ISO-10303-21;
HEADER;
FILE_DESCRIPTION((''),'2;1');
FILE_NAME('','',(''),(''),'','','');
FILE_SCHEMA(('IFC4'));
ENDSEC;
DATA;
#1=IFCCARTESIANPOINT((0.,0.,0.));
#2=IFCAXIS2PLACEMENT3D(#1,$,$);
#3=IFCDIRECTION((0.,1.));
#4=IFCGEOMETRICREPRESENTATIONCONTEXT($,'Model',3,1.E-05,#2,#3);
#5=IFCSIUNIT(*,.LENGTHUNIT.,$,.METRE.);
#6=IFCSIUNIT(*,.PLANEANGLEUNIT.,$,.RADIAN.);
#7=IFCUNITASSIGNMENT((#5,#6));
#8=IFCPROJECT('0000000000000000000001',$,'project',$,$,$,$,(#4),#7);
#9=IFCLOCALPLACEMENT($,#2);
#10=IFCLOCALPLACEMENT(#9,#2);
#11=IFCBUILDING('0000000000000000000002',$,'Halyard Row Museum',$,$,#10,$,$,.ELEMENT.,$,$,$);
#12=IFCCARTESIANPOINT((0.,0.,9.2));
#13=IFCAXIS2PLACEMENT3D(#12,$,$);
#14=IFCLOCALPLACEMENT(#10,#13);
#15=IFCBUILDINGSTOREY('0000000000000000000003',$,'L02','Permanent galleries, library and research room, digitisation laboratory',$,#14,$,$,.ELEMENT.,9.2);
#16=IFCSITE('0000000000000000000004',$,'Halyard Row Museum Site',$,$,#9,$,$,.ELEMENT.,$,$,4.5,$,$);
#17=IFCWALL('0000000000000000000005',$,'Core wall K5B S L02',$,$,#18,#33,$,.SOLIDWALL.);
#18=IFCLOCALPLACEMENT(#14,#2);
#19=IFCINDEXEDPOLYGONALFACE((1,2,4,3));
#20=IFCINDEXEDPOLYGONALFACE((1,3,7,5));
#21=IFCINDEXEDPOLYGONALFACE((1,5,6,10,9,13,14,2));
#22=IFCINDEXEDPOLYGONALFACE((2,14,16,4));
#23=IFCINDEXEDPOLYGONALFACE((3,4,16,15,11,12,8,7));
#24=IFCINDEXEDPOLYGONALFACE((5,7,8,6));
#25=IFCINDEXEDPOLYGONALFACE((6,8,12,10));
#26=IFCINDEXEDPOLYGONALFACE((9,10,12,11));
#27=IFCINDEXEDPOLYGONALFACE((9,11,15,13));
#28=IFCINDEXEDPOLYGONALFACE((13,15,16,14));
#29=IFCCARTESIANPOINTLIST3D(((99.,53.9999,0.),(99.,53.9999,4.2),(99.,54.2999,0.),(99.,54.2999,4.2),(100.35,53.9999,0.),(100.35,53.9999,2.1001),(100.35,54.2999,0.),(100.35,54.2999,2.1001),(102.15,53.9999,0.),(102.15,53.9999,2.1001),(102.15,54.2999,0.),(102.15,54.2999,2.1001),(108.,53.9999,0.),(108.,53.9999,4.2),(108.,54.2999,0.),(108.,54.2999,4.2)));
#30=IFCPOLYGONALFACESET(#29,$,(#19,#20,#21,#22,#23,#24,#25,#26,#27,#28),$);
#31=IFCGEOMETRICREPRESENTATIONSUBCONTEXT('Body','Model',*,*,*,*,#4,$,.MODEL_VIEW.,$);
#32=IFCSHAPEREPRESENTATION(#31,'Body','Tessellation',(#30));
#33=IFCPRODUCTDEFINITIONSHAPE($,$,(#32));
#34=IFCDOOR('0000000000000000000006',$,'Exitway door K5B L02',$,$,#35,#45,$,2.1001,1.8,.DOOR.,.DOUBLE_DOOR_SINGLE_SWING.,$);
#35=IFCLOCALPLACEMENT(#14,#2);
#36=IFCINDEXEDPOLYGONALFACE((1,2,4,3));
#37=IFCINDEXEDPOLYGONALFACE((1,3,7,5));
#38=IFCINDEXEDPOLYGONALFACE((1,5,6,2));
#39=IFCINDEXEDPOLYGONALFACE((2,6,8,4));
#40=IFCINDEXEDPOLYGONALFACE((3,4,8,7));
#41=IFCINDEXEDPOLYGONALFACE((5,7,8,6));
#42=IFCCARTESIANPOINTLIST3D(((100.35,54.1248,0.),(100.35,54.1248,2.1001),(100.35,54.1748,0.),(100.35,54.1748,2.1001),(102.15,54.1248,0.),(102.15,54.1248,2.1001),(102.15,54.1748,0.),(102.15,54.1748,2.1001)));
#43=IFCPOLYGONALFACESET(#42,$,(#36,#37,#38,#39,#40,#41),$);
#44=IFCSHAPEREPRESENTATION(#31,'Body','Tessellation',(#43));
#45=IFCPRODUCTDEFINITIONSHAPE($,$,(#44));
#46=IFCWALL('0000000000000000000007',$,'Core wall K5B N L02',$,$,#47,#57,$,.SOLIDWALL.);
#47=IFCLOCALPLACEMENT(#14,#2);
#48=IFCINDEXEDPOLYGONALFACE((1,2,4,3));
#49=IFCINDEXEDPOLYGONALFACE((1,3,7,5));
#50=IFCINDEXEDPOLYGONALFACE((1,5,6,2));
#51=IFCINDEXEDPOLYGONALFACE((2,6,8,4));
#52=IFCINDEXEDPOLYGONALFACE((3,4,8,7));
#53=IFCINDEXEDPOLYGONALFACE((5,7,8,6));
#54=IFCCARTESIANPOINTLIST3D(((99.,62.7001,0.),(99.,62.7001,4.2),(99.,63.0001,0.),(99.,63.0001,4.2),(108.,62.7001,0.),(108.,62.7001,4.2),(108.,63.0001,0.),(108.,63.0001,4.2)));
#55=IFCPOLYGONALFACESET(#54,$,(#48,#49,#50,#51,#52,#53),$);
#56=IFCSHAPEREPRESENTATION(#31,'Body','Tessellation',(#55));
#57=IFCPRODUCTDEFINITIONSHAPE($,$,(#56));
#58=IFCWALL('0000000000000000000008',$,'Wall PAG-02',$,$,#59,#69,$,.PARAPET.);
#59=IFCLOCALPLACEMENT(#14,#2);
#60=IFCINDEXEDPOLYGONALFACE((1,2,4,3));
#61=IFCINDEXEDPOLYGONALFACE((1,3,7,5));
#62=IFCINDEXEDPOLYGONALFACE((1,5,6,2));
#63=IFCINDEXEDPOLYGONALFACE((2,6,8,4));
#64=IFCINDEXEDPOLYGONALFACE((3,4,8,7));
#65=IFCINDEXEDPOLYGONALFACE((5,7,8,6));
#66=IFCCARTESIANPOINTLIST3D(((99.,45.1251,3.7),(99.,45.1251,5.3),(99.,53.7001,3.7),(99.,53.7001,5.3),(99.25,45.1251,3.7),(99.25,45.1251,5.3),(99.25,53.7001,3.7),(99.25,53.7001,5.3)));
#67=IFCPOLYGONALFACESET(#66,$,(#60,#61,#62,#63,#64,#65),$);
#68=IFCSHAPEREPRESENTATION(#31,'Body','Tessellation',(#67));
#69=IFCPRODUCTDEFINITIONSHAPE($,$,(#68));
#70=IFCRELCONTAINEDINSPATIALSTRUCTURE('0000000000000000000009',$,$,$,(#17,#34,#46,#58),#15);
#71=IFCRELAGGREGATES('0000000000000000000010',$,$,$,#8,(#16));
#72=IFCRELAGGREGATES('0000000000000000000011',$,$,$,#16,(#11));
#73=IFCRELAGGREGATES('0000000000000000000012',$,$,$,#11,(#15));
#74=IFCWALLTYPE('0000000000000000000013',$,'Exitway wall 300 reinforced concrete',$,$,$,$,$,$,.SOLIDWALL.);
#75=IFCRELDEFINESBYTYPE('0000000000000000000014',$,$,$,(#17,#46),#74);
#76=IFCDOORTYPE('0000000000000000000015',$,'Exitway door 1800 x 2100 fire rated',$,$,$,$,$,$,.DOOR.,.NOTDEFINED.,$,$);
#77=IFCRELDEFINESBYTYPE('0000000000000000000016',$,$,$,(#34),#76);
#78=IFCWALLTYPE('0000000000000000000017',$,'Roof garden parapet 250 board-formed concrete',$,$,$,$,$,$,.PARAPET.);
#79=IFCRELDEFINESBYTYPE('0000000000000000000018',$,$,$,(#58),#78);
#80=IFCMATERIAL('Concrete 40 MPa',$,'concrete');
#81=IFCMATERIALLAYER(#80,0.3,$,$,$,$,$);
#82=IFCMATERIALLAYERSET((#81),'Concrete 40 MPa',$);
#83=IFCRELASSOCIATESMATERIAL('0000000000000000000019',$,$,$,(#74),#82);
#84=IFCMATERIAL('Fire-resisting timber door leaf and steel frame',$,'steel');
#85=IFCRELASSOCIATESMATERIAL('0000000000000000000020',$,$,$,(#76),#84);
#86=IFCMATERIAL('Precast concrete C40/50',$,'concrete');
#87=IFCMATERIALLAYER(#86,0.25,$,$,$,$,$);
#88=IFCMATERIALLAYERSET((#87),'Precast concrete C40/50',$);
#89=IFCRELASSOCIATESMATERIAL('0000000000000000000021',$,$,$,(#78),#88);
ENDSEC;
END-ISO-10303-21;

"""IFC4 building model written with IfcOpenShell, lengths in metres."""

from ifc_helpers import new_model, si_unit, direction, frame, frame_2d, origin, place, context, subcontext, project, spatial, rectangle, extrude, material, layer, layer_set, type_object, element, fill, save


model = new_model("IFC4")

# Units and contexts
model_context = context("Model", 3, precision=1e-05, world=origin(), true_north=direction((0.0, 1.0)))
body_context = subcontext(model_context, "Body", "Model", "MODEL_VIEW")
ifc_project = project(units=[si_unit("LENGTHUNIT", "METRE"), si_unit("PLANEANGLEUNIT", "RADIAN")], contexts=[model_context])

# Site, building, storey
site_placement = place(None, origin())
site = spatial("IfcSite", under=ifc_project, at=site_placement, Name="Halyard Row Museum Site", CompositionType="ELEMENT", RefElevation=4.5)
building_placement = place(site_placement, origin())
building = spatial("IfcBuilding", under=site, at=building_placement, Name="Halyard Row Museum", CompositionType="ELEMENT")
storey_placement = place(building_placement, frame((0.0, 0.0, 9.2)))
storey = spatial("IfcBuildingStorey", under=building, at=storey_placement, Name="L02", Description="Permanent galleries, library and research room, digitisation laboratory", CompositionType="ELEMENT", Elevation=9.2)

# Wall, opening, door
ifc_material_1 = material(Name="Concrete 40 MPa", Category="concrete")
ifc_layer_1 = layer(ifc_material_1, 0.3)
ifc_layer_set_1 = layer_set([ifc_layer_1], Name="Concrete 40 MPa")
wall_type_1 = type_object("IfcWallType", Name="Exitway wall 300 reinforced concrete", PredefinedType="SOLIDWALL", material=ifc_layer_set_1)
ifc_material_2 = material(Name="Fire-resisting timber door leaf and steel frame", Category="steel")
door_type = type_object("IfcDoorType", Name="Exitway door 1800 x 2100 fire rated", OperationType="NOTDEFINED", PredefinedType="DOOR", material=ifc_material_2)
wall_1_placement = place(storey_placement, frame((99.0, 54.1499, 0.0), z_axis=(0.0, 0.0, 1.0), x_axis=(1.0, 0.0, 0.0)))
wall_1 = element("IfcWall", 1, at=wall_1_placement, inside=storey, type_object=wall_type_1, Name="Core wall K5B S L02", PredefinedType="SOLIDWALL", context=body_context, shape_type="SweptSolid", body=[
    extrude(rectangle(XDim=9.0, YDim=0.3, at=frame_2d((4.5, 0.0))), origin(), (0.0, 0.0, 1.0), 4.2),
])
opening_1_placement = place(wall_1_placement, frame((1.3501, 0.0, 0.0)))
opening_1 = element("IfcOpeningElement", 2, at=opening_1_placement, cuts=wall_1, PredefinedType="OPENING", context=body_context, shape_type="SweptSolid", body=[
    extrude(rectangle(XDim=1.8, YDim=2.1001, at=frame_2d((0.8999, 1.05))), frame((0.0, 0.1599, 0.0), z_axis=(0.0, -1.0, 0.0), x_axis=(1.0, 0.0, 0.0)), (0.0, 0.0, 1.0), 0.3201),
])
door_1_placement = place(opening_1_placement, origin())
door_1 = element("IfcDoor", 3, at=door_1_placement, inside=storey, type_object=door_type, Name="Exitway door K5B L02", OperationType="DOUBLE_DOOR_SINGLE_SWING", OverallHeight=2.1001, OverallWidth=1.8, PredefinedType="DOOR", context=body_context, shape_type="SweptSolid", body=[
    extrude(rectangle(XDim=1.8, YDim=2.1001, at=frame_2d((0.8999, 1.05))), frame((0.0, 0.0249, 0.0), z_axis=(0.0, -1.0, 0.0), x_axis=(1.0, 0.0, 0.0)), (0.0, 0.0, 1.0), 0.05),
])
fill(opening_1, door_1)

# Walls
wall_2_placement = place(storey_placement, frame((99.0, 62.8501, 0.0), z_axis=(0.0, 0.0, 1.0), x_axis=(1.0, 0.0, 0.0)))
element("IfcWall", 4, at=wall_2_placement, inside=storey, type_object=wall_type_1, Name="Core wall K5B N L02", PredefinedType="SOLIDWALL", context=body_context, shape_type="SweptSolid", body=[
    extrude(rectangle(XDim=9.0, YDim=0.3, at=frame_2d((4.5, 0.0))), origin(), (0.0, 0.0, 1.0), 4.2),
])
ifc_material_3 = material(Name="Precast concrete C40/50", Category="concrete")
ifc_layer_2 = layer(ifc_material_3, 0.25)
ifc_layer_set_2 = layer_set([ifc_layer_2], Name="Precast concrete C40/50")
wall_type_2 = type_object("IfcWallType", Name="Roof garden parapet 250 board-formed concrete", PredefinedType="PARAPET", material=ifc_layer_set_2)
wall_3_placement = place(storey_placement, frame((99.125, 45.125, 3.7), z_axis=(0.0, 0.0, 1.0), x_axis=(0.0, 1.0, 0.0)))
element("IfcWall", 5, at=wall_3_placement, inside=storey, type_object=wall_type_2, Name="Wall PAG-02", PredefinedType="PARAPET", context=body_context, shape_type="SweptSolid", body=[
    extrude(rectangle(XDim=8.575, YDim=0.25, at=frame_2d((4.2876, 0.0))), origin(), (0.0, 0.0, 1.0), 1.6001),
])

save(model, "model.ifc")
